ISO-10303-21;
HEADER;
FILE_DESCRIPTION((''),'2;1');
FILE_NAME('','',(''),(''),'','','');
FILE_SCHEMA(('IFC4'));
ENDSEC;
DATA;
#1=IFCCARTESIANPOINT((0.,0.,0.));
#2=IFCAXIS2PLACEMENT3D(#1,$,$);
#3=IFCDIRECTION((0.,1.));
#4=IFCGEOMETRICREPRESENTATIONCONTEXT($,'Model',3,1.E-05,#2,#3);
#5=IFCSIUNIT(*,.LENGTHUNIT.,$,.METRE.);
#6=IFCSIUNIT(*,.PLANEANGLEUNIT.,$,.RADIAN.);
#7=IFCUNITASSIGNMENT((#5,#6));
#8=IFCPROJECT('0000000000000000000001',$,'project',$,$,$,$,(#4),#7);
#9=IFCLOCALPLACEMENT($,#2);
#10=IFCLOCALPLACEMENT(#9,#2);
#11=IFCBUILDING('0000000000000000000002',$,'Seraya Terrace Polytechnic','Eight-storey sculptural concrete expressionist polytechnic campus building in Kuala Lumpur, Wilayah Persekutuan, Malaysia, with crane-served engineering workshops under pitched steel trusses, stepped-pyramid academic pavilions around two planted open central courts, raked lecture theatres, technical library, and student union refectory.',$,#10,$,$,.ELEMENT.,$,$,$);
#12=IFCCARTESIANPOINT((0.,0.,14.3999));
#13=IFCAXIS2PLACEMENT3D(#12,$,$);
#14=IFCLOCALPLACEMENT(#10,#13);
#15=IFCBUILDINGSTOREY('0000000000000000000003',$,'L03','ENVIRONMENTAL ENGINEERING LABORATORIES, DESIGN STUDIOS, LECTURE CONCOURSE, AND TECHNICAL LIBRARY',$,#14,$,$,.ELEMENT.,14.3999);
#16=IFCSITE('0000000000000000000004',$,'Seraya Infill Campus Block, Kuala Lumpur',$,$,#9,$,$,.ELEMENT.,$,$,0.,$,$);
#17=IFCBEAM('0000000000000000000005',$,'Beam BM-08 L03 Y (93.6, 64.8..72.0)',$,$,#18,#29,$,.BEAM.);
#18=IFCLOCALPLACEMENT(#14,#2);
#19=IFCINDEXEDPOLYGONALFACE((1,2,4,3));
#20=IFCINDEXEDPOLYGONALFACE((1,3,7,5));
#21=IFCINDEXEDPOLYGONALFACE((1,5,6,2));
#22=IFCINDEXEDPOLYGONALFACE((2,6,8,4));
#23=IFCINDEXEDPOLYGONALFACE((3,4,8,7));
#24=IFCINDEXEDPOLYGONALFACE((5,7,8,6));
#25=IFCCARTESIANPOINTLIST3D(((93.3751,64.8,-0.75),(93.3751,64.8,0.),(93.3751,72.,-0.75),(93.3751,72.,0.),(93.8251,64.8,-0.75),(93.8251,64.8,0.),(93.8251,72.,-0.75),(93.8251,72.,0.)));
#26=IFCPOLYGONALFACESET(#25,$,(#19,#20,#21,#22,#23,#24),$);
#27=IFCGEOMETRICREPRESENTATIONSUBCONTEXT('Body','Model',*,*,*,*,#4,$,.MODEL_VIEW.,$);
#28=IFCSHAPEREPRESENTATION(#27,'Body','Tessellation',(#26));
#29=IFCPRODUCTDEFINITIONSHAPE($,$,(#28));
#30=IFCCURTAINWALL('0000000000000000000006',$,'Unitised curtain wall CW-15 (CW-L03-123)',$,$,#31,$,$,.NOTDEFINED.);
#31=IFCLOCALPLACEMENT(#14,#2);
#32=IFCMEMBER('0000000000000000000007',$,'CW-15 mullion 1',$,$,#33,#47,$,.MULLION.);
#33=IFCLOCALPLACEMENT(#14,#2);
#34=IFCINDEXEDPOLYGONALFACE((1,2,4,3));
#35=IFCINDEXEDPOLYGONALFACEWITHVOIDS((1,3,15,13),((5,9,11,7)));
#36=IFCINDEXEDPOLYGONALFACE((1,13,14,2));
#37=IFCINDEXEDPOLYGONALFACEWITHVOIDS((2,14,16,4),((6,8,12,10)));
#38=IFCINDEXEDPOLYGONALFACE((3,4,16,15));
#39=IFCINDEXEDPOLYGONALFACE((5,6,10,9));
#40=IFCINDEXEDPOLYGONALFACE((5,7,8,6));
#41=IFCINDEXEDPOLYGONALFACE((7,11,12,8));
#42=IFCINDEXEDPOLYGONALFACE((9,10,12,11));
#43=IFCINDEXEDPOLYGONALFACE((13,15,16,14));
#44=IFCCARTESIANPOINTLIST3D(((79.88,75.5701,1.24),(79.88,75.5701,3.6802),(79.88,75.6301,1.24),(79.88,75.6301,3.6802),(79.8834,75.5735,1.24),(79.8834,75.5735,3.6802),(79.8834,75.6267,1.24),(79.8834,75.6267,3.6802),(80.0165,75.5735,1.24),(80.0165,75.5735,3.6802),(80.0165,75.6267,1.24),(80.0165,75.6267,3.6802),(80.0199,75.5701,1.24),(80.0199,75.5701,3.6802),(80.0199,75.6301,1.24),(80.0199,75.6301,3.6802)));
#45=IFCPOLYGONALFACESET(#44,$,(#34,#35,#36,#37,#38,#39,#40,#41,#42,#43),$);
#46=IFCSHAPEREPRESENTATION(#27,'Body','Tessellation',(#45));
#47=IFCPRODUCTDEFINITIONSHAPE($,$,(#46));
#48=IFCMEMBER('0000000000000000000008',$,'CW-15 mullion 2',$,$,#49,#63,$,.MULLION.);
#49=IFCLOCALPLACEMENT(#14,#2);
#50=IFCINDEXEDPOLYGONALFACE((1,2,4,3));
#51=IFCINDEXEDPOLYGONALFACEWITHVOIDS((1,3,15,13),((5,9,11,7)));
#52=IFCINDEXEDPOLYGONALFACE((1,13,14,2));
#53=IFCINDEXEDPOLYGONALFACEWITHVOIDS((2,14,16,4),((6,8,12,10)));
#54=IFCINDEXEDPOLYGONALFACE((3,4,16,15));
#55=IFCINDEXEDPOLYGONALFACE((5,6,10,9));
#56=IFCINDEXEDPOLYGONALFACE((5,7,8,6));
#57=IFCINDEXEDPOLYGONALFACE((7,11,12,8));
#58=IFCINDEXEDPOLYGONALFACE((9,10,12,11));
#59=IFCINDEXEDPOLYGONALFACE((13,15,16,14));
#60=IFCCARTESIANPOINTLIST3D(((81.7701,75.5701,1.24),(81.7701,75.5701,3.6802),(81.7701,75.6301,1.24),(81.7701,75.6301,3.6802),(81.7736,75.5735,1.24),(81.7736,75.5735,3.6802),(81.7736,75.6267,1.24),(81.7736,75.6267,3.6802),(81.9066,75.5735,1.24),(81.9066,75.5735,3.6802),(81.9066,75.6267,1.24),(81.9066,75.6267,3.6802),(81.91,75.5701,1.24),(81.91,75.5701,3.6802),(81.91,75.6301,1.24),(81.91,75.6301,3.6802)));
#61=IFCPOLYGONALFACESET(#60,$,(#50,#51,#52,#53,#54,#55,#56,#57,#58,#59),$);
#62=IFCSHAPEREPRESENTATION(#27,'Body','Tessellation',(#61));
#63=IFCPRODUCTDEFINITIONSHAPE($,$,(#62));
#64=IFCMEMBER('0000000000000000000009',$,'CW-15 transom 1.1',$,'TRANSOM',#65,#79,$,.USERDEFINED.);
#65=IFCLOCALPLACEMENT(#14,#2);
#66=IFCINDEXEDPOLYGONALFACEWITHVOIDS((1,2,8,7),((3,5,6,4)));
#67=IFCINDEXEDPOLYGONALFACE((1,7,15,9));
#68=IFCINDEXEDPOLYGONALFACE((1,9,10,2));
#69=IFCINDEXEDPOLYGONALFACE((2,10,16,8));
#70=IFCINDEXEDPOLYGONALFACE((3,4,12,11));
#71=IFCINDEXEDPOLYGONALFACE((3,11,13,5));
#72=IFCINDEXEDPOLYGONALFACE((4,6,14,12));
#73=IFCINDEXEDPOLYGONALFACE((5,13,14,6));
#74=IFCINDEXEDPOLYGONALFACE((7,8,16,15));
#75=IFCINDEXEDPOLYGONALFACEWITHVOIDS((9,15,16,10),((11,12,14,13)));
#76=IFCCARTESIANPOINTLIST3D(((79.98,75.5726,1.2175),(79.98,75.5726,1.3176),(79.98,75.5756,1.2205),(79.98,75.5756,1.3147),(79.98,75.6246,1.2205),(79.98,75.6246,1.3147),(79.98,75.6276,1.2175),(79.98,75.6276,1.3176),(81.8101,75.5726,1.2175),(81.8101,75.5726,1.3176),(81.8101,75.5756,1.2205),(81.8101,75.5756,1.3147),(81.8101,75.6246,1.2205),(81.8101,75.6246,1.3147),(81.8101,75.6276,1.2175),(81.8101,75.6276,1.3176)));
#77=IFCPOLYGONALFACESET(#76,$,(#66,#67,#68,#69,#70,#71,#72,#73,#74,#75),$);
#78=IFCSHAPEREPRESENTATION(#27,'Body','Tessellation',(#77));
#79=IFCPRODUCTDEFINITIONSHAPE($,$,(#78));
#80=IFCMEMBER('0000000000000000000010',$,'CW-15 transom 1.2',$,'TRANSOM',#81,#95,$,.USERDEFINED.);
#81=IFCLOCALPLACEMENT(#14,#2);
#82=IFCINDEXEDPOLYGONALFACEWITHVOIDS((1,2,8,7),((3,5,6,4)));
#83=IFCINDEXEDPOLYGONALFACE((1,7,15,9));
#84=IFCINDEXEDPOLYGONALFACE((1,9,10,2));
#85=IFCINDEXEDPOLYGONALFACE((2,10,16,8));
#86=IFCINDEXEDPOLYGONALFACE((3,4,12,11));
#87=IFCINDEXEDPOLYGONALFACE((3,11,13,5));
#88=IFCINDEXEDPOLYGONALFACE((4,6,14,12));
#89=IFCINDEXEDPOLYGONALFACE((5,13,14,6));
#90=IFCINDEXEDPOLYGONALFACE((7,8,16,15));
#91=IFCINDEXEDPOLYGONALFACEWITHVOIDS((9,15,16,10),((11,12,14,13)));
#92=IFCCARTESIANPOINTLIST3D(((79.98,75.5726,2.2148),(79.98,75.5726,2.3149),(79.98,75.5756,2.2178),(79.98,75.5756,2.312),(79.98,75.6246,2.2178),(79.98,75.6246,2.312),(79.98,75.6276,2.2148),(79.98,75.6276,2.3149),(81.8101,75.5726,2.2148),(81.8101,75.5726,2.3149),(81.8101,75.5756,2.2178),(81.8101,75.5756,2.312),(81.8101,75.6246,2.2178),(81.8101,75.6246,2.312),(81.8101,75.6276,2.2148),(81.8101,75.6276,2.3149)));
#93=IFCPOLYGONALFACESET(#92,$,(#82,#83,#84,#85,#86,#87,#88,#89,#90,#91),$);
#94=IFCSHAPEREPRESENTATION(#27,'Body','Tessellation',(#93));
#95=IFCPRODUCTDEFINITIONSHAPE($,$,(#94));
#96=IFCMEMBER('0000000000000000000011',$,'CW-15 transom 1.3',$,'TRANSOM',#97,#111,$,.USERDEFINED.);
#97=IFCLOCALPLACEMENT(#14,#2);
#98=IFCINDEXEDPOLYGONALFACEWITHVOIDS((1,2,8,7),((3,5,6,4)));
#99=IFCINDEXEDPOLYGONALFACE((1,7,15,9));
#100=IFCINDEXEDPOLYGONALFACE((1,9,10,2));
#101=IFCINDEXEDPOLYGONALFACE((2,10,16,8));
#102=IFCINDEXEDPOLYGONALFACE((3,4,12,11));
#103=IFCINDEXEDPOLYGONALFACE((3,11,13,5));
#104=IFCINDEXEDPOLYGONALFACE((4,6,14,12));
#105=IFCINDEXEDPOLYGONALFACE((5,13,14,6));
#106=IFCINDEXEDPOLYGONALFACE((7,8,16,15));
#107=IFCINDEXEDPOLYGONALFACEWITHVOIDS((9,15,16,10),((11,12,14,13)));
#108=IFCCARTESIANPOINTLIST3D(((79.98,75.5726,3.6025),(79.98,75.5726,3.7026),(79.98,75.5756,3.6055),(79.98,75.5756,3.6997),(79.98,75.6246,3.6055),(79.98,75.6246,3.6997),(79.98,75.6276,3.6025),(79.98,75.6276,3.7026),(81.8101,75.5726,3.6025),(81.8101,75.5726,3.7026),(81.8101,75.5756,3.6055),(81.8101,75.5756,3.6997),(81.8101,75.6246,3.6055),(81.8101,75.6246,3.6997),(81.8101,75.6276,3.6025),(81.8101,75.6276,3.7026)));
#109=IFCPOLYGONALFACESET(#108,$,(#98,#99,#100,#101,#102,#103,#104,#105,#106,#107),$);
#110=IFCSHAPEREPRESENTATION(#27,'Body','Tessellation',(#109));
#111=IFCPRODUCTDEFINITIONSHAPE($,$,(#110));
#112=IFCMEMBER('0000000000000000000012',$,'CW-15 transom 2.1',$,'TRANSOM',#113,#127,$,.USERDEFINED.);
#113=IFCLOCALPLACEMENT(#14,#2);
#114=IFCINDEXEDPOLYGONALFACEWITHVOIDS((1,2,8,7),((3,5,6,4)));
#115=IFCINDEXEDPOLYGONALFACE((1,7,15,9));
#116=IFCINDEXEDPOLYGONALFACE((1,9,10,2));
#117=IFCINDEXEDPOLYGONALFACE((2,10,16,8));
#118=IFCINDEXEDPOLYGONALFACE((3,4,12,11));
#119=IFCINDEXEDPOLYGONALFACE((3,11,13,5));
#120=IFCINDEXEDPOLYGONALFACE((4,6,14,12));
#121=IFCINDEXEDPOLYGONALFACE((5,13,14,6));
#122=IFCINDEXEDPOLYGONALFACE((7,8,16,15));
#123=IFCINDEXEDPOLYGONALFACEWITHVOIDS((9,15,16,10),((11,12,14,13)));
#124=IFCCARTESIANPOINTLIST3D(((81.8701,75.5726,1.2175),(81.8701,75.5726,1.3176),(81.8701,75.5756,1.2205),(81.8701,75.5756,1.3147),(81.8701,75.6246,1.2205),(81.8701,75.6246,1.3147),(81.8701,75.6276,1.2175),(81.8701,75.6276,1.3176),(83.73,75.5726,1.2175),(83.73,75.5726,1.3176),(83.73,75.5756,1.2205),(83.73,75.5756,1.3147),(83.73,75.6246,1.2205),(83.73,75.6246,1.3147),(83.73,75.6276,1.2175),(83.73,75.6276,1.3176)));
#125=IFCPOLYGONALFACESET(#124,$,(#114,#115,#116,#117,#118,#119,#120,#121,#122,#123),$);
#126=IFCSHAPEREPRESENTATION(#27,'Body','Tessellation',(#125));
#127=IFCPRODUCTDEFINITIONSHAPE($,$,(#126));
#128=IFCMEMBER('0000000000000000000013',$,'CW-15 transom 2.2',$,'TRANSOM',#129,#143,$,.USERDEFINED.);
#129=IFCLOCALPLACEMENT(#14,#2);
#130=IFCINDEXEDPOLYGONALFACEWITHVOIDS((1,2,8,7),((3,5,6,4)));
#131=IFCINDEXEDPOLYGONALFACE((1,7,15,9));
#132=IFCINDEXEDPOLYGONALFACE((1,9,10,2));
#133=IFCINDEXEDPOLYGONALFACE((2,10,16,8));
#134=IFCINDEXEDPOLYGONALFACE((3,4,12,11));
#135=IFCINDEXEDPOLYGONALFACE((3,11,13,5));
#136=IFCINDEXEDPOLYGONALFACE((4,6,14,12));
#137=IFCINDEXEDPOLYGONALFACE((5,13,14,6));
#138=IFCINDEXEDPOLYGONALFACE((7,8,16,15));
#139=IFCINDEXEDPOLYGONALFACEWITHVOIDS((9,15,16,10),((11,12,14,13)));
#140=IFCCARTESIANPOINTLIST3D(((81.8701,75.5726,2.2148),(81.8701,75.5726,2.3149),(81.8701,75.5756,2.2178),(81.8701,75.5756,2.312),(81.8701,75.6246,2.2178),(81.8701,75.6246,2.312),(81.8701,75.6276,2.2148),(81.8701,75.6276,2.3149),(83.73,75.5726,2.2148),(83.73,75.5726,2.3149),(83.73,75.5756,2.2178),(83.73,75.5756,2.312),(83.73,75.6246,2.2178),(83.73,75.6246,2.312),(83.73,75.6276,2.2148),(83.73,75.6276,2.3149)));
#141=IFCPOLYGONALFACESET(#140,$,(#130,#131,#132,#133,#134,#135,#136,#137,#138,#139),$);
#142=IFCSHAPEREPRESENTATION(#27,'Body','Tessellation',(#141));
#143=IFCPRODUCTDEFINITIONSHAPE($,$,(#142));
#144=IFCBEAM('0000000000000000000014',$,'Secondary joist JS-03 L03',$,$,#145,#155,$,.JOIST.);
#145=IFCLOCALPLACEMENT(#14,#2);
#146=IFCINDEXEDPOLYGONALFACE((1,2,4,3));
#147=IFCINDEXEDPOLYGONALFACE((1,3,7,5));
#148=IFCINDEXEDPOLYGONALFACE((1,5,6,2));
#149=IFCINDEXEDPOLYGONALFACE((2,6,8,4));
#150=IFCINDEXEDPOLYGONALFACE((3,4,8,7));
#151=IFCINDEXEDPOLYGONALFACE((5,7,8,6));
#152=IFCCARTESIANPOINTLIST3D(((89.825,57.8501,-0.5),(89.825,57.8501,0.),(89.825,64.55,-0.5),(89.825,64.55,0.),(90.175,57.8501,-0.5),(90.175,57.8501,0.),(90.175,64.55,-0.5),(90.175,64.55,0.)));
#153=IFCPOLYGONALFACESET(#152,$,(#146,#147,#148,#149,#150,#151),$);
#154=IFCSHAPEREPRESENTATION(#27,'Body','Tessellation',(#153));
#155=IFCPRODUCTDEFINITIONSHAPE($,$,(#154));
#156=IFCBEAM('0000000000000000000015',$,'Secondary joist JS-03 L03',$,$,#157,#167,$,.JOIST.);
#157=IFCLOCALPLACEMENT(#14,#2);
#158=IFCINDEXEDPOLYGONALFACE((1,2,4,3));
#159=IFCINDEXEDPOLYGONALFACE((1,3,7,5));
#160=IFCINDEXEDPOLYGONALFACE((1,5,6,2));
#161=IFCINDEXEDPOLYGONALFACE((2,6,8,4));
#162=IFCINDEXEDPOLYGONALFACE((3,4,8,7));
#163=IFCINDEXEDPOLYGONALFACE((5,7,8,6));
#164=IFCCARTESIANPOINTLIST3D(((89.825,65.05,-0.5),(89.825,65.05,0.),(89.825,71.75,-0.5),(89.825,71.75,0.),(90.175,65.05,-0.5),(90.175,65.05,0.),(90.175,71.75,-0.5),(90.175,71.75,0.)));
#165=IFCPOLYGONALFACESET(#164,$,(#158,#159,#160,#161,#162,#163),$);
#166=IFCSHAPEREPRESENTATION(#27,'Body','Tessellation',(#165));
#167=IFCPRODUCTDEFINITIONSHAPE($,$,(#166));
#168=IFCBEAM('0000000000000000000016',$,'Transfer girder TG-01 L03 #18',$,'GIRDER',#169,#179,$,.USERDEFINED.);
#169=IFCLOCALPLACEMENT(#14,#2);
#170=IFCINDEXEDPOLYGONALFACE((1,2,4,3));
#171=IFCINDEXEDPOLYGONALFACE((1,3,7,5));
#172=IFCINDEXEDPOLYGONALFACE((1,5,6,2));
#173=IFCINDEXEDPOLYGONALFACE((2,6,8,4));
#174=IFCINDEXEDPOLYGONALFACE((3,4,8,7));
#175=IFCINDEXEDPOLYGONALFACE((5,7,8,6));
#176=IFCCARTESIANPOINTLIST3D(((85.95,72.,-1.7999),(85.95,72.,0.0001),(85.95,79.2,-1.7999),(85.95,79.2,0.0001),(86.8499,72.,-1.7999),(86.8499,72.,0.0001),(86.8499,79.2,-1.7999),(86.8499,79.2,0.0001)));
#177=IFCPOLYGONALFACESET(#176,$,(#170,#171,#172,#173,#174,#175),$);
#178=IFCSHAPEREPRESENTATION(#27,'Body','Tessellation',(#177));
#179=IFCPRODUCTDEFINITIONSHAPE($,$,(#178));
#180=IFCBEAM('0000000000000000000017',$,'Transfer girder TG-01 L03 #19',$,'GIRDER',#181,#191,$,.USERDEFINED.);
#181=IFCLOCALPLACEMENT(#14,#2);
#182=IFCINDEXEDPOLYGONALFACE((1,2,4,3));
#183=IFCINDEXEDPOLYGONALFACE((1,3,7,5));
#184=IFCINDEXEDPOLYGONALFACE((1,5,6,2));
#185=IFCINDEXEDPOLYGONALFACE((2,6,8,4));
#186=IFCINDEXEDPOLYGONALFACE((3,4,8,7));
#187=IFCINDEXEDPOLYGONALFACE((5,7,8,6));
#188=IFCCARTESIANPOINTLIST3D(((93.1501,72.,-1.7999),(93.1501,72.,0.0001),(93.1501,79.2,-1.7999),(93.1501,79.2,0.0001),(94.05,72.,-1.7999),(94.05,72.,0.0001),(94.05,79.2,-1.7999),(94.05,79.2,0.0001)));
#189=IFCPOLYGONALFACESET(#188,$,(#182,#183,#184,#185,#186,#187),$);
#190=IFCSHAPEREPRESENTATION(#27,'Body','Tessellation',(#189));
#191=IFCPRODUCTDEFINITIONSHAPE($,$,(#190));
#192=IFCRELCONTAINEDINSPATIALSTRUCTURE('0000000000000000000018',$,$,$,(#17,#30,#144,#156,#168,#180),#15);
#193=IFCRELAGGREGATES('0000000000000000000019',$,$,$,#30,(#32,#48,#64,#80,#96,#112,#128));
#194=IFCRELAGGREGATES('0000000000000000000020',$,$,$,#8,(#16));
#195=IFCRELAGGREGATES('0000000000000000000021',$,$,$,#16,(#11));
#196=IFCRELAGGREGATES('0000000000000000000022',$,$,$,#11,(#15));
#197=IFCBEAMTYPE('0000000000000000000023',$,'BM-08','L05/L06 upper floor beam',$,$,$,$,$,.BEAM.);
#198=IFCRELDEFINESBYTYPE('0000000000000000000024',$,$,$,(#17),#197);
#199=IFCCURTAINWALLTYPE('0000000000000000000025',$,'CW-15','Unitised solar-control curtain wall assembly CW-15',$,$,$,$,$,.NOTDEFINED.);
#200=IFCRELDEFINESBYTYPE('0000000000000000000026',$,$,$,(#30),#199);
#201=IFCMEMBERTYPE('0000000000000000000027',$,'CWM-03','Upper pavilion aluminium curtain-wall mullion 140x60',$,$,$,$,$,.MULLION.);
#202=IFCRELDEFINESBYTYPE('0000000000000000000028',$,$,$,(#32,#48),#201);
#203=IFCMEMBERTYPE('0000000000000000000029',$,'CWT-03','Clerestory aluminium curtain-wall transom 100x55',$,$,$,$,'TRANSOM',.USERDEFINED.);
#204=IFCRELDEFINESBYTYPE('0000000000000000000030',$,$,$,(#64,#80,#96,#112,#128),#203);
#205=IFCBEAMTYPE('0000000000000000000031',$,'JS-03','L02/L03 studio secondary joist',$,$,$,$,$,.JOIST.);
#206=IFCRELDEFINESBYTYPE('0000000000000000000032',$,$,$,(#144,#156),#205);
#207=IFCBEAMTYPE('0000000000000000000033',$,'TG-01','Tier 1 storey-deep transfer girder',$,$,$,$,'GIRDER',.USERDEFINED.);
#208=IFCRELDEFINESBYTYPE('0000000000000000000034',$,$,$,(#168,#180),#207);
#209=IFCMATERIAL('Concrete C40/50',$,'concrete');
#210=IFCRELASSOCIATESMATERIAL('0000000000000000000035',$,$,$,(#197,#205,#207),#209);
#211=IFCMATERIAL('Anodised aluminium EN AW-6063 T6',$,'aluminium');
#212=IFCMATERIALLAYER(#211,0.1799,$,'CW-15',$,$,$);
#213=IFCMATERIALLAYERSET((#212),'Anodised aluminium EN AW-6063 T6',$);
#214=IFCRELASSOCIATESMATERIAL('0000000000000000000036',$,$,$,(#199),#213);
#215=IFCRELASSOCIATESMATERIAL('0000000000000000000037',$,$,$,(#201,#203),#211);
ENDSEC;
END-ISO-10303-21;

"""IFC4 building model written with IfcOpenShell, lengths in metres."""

from ifc_helpers import new_model, si_unit, direction, frame, origin, origin_2d, place, context, subcontext, project, spatial, rectangle, hollow_rectangle, extrude, material, layer, layer_set, material_profile, profile_set, type_object, element, aggregate, save


model = new_model("IFC4")

# Units and contexts
model_context = context("Model", 3, precision=1e-05, world=origin(), true_north=direction((0.0, 1.0)))
body_context = subcontext(model_context, "Body", "Model", "MODEL_VIEW")
ifc_project = project(units=[si_unit("LENGTHUNIT", "METRE"), si_unit("PLANEANGLEUNIT", "RADIAN")], contexts=[model_context])

# Site, building, storey
site_placement = place(None, origin())
site = spatial("IfcSite", under=ifc_project, at=site_placement, Name="Seraya Infill Campus Block, Kuala Lumpur", CompositionType="ELEMENT", RefElevation=0.0)
building_placement = place(site_placement, origin())
building = spatial("IfcBuilding", under=site, at=building_placement, Name="Seraya Terrace Polytechnic", Description="Eight-storey sculptural concrete expressionist polytechnic campus building in Kuala Lumpur, Wilayah Persekutuan, Malaysia, with crane-served engineering workshops under pitched steel trusses, stepped-pyramid academic pavilions around two planted open central courts, raked lecture theatres, technical library, and student union refectory.", CompositionType="ELEMENT")
storey_placement = place(building_placement, frame((0.0, 0.0, 14.3999)))
storey = spatial("IfcBuildingStorey", under=building, at=storey_placement, Name="L03", Description="ENVIRONMENTAL ENGINEERING LABORATORIES, DESIGN STUDIOS, LECTURE CONCOURSE, AND TECHNICAL LIBRARY", CompositionType="ELEMENT", Elevation=14.3999)

# Shared definitions
ifc_material_1 = material(Name="Concrete C40/50", Category="concrete")

# Beam
ifc_material_profile_1 = material_profile(ifc_material_1, rectangle(XDim=0.45, YDim=0.75, at=origin_2d()), Name="RC 450x750")
ifc_profile_set_1 = profile_set([ifc_material_profile_1], Name="Concrete C40/50")
beam_type_1 = type_object("IfcBeamType", Name="BM-08", Description="L05/L06 upper floor beam", PredefinedType="BEAM", material=ifc_profile_set_1)
for number, where, z_axis, x_axis, name in (
    (1, (93.6001, 64.8, -0.375), (0.0, 1.0, 0.0), (-1.0, 0.0, 0.0), "Beam BM-08 L03 Y (93.6, 64.8..72.0)"),
):
    element("IfcBeam", number, at=place(storey_placement, frame(where, z_axis=z_axis, x_axis=x_axis)), inside=storey, type_object=beam_type_1, Name=name, PredefinedType="BEAM", context=body_context, shape_type="SweptSolid", body=[
        extrude(rectangle(XDim=0.45, YDim=0.75, at=origin_2d()), origin(), (0.0, 0.0, 1.0), 7.2),
    ])

# Curtain wall, members
ifc_material_2 = material(Name="Anodised aluminium EN AW-6063 T6", Category="aluminium")
ifc_layer_1 = layer(ifc_material_2, 0.1799, Name="CW-15")
ifc_layer_set_1 = layer_set([ifc_layer_1], Name="Anodised aluminium EN AW-6063 T6")
curtain_wall_type = type_object("IfcCurtainWallType", Name="CW-15", Description="Unitised solar-control curtain wall assembly CW-15", PredefinedType="NOTDEFINED", material=ifc_layer_set_1)
curtain_wall_placement = place(storey_placement, origin())
curtain_wall = element("IfcCurtainWall", 2, at=curtain_wall_placement, inside=storey, type_object=curtain_wall_type, Name="Unitised curtain wall CW-15 (CW-L03-123)", PredefinedType="NOTDEFINED")
ifc_material_profile_2 = material_profile(ifc_material_2, hollow_rectangle(XDim=0.0601, YDim=0.1399, WallThickness=0.0034, at=origin_2d()), Name="RHS 140x60x3.5")
ifc_profile_set_2 = profile_set([ifc_material_profile_2], Name="Anodised aluminium EN AW-6063 T6")
member_type_1 = type_object("IfcMemberType", Name="CWM-03", Description="Upper pavilion aluminium curtain-wall mullion 140x60", PredefinedType="MULLION", material=ifc_profile_set_2)
member_1_placement = place(storey_placement, frame((79.95, 75.6001, 1.24), z_axis=(0.0, 0.0, 1.0), x_axis=(0.0, 1.0, 0.0)))
member_1 = element("IfcMember", 3, at=member_1_placement, type_object=member_type_1, Name="CW-15 mullion 1", PredefinedType="MULLION", context=body_context, shape_type="SweptSolid", body=[
    extrude(hollow_rectangle(XDim=0.0601, YDim=0.1399, WallThickness=0.0034, at=origin_2d()), origin(), (0.0, 0.0, 1.0), 2.4402),
])
member_2_placement = place(storey_placement, frame((81.8401, 75.6001, 1.24), z_axis=(0.0, 0.0, 1.0), x_axis=(0.0, 1.0, 0.0)))
member_2 = element("IfcMember", 4, at=member_2_placement, type_object=member_type_1, Name="CW-15 mullion 2", PredefinedType="MULLION", context=body_context, shape_type="SweptSolid", body=[
    extrude(hollow_rectangle(XDim=0.0601, YDim=0.1399, WallThickness=0.0034, at=origin_2d()), origin(), (0.0, 0.0, 1.0), 2.4402),
])
ifc_material_profile_3 = material_profile(ifc_material_2, hollow_rectangle(XDim=0.0549, YDim=0.1001, WallThickness=0.0029, at=origin_2d()), Name="RHS 100x55x3.0")
ifc_profile_set_3 = profile_set([ifc_material_profile_3], Name="Anodised aluminium EN AW-6063 T6")
member_type_2 = type_object("IfcMemberType", Name="CWT-03", Description="Clerestory aluminium curtain-wall transom 100x55", ElementType="TRANSOM", PredefinedType="USERDEFINED", material=ifc_profile_set_3)
member_3_placement = place(storey_placement, frame((79.98, 75.6001, 1.2676), z_axis=(1.0, 0.0, 0.0), x_axis=(0.0, 1.0, 0.0)))
member_3 = element("IfcMember", 5, at=member_3_placement, type_object=member_type_2, Name="CW-15 transom 1.1", ObjectType="TRANSOM", PredefinedType="USERDEFINED", context=body_context, shape_type="SweptSolid", body=[
    extrude(hollow_rectangle(XDim=0.0549, YDim=0.1001, WallThickness=0.0029, at=origin_2d()), origin(), (0.0, 0.0, 1.0), 1.8301),
])
member_4_placement = place(storey_placement, frame((79.98, 75.6001, 2.2649), z_axis=(1.0, 0.0, 0.0), x_axis=(0.0, 1.0, 0.0)))
member_4 = element("IfcMember", 6, at=member_4_placement, type_object=member_type_2, Name="CW-15 transom 1.2", ObjectType="TRANSOM", PredefinedType="USERDEFINED", context=body_context, shape_type="SweptSolid", body=[
    extrude(hollow_rectangle(XDim=0.0549, YDim=0.1001, WallThickness=0.0029, at=origin_2d()), origin(), (0.0, 0.0, 1.0), 1.8301),
])
member_5_placement = place(storey_placement, frame((79.98, 75.6001, 3.6526), z_axis=(1.0, 0.0, 0.0), x_axis=(0.0, 1.0, 0.0)))
member_5 = element("IfcMember", 7, at=member_5_placement, type_object=member_type_2, Name="CW-15 transom 1.3", ObjectType="TRANSOM", PredefinedType="USERDEFINED", context=body_context, shape_type="SweptSolid", body=[
    extrude(hollow_rectangle(XDim=0.0549, YDim=0.1001, WallThickness=0.0029, at=origin_2d()), origin(), (0.0, 0.0, 1.0), 1.8301),
])
member_6_placement = place(storey_placement, frame((81.8701, 75.6001, 1.2676), z_axis=(1.0, 0.0, 0.0), x_axis=(0.0, 1.0, 0.0)))
member_6 = element("IfcMember", 8, at=member_6_placement, type_object=member_type_2, Name="CW-15 transom 2.1", ObjectType="TRANSOM", PredefinedType="USERDEFINED", context=body_context, shape_type="SweptSolid", body=[
    extrude(hollow_rectangle(XDim=0.0549, YDim=0.1001, WallThickness=0.0029, at=origin_2d()), origin(), (0.0, 0.0, 1.0), 1.8599),
])
member_7_placement = place(storey_placement, frame((81.8701, 75.6001, 2.2649), z_axis=(1.0, 0.0, 0.0), x_axis=(0.0, 1.0, 0.0)))
member_7 = element("IfcMember", 9, at=member_7_placement, type_object=member_type_2, Name="CW-15 transom 2.2", ObjectType="TRANSOM", PredefinedType="USERDEFINED", context=body_context, shape_type="SweptSolid", body=[
    extrude(hollow_rectangle(XDim=0.0549, YDim=0.1001, WallThickness=0.0029, at=origin_2d()), origin(), (0.0, 0.0, 1.0), 1.8599),
])

# Beams
ifc_material_profile_4 = material_profile(ifc_material_1, rectangle(XDim=0.3501, YDim=0.5, at=origin_2d()), Name="RC 350x500")
ifc_profile_set_4 = profile_set([ifc_material_profile_4], Name="Concrete C40/50")
beam_type_2 = type_object("IfcBeamType", Name="JS-03", Description="L02/L03 studio secondary joist", PredefinedType="JOIST", material=ifc_profile_set_4)
for number, where, z_axis, x_axis, name in (
    (10, (90.0, 57.8501, -0.25), (0.0, 1.0, 0.0), (-1.0, 0.0, 0.0), "Secondary joist JS-03 L03"),
    (11, (90.0, 65.05, -0.25), (0.0, 1.0, 0.0), (-1.0, 0.0, 0.0), "Secondary joist JS-03 L03"),
):
    element("IfcBeam", number, at=place(storey_placement, frame(where, z_axis=z_axis, x_axis=x_axis)), inside=storey, type_object=beam_type_2, Name=name, PredefinedType="JOIST", context=body_context, shape_type="SweptSolid", body=[
        extrude(rectangle(XDim=0.3501, YDim=0.5, at=origin_2d()), origin(), (0.0, 0.0, 1.0), 6.7),
    ])
ifc_material_profile_5 = material_profile(ifc_material_1, rectangle(XDim=0.8999, YDim=1.8, at=origin_2d()), Name="RC 900x1800")
ifc_profile_set_5 = profile_set([ifc_material_profile_5], Name="Concrete C40/50")
beam_type_3 = type_object("IfcBeamType", Name="TG-01", Description="Tier 1 storey-deep transfer girder", ElementType="GIRDER", PredefinedType="USERDEFINED", material=ifc_profile_set_5)
for number, where, z_axis, x_axis, name in (
    (12, (86.3999, 72.0, -0.8999), (0.0, 1.0, 0.0), (-1.0, 0.0, 0.0), "Transfer girder TG-01 L03 #18"),
    (13, (93.6001, 72.0, -0.8999), (0.0, 1.0, 0.0), (-1.0, 0.0, 0.0), "Transfer girder TG-01 L03 #19"),
):
    element("IfcBeam", number, at=place(storey_placement, frame(where, z_axis=z_axis, x_axis=x_axis)), inside=storey, type_object=beam_type_3, Name=name, ObjectType="GIRDER", PredefinedType="USERDEFINED", context=body_context, shape_type="SweptSolid", body=[
        extrude(rectangle(XDim=0.8999, YDim=1.8, at=origin_2d()), origin(), (0.0, 0.0, 1.0), 7.2),
    ])

aggregate(curtain_wall, [member_1, member_2, member_3, member_4, member_5, member_6, member_7])

save(model, "model.ifc")
